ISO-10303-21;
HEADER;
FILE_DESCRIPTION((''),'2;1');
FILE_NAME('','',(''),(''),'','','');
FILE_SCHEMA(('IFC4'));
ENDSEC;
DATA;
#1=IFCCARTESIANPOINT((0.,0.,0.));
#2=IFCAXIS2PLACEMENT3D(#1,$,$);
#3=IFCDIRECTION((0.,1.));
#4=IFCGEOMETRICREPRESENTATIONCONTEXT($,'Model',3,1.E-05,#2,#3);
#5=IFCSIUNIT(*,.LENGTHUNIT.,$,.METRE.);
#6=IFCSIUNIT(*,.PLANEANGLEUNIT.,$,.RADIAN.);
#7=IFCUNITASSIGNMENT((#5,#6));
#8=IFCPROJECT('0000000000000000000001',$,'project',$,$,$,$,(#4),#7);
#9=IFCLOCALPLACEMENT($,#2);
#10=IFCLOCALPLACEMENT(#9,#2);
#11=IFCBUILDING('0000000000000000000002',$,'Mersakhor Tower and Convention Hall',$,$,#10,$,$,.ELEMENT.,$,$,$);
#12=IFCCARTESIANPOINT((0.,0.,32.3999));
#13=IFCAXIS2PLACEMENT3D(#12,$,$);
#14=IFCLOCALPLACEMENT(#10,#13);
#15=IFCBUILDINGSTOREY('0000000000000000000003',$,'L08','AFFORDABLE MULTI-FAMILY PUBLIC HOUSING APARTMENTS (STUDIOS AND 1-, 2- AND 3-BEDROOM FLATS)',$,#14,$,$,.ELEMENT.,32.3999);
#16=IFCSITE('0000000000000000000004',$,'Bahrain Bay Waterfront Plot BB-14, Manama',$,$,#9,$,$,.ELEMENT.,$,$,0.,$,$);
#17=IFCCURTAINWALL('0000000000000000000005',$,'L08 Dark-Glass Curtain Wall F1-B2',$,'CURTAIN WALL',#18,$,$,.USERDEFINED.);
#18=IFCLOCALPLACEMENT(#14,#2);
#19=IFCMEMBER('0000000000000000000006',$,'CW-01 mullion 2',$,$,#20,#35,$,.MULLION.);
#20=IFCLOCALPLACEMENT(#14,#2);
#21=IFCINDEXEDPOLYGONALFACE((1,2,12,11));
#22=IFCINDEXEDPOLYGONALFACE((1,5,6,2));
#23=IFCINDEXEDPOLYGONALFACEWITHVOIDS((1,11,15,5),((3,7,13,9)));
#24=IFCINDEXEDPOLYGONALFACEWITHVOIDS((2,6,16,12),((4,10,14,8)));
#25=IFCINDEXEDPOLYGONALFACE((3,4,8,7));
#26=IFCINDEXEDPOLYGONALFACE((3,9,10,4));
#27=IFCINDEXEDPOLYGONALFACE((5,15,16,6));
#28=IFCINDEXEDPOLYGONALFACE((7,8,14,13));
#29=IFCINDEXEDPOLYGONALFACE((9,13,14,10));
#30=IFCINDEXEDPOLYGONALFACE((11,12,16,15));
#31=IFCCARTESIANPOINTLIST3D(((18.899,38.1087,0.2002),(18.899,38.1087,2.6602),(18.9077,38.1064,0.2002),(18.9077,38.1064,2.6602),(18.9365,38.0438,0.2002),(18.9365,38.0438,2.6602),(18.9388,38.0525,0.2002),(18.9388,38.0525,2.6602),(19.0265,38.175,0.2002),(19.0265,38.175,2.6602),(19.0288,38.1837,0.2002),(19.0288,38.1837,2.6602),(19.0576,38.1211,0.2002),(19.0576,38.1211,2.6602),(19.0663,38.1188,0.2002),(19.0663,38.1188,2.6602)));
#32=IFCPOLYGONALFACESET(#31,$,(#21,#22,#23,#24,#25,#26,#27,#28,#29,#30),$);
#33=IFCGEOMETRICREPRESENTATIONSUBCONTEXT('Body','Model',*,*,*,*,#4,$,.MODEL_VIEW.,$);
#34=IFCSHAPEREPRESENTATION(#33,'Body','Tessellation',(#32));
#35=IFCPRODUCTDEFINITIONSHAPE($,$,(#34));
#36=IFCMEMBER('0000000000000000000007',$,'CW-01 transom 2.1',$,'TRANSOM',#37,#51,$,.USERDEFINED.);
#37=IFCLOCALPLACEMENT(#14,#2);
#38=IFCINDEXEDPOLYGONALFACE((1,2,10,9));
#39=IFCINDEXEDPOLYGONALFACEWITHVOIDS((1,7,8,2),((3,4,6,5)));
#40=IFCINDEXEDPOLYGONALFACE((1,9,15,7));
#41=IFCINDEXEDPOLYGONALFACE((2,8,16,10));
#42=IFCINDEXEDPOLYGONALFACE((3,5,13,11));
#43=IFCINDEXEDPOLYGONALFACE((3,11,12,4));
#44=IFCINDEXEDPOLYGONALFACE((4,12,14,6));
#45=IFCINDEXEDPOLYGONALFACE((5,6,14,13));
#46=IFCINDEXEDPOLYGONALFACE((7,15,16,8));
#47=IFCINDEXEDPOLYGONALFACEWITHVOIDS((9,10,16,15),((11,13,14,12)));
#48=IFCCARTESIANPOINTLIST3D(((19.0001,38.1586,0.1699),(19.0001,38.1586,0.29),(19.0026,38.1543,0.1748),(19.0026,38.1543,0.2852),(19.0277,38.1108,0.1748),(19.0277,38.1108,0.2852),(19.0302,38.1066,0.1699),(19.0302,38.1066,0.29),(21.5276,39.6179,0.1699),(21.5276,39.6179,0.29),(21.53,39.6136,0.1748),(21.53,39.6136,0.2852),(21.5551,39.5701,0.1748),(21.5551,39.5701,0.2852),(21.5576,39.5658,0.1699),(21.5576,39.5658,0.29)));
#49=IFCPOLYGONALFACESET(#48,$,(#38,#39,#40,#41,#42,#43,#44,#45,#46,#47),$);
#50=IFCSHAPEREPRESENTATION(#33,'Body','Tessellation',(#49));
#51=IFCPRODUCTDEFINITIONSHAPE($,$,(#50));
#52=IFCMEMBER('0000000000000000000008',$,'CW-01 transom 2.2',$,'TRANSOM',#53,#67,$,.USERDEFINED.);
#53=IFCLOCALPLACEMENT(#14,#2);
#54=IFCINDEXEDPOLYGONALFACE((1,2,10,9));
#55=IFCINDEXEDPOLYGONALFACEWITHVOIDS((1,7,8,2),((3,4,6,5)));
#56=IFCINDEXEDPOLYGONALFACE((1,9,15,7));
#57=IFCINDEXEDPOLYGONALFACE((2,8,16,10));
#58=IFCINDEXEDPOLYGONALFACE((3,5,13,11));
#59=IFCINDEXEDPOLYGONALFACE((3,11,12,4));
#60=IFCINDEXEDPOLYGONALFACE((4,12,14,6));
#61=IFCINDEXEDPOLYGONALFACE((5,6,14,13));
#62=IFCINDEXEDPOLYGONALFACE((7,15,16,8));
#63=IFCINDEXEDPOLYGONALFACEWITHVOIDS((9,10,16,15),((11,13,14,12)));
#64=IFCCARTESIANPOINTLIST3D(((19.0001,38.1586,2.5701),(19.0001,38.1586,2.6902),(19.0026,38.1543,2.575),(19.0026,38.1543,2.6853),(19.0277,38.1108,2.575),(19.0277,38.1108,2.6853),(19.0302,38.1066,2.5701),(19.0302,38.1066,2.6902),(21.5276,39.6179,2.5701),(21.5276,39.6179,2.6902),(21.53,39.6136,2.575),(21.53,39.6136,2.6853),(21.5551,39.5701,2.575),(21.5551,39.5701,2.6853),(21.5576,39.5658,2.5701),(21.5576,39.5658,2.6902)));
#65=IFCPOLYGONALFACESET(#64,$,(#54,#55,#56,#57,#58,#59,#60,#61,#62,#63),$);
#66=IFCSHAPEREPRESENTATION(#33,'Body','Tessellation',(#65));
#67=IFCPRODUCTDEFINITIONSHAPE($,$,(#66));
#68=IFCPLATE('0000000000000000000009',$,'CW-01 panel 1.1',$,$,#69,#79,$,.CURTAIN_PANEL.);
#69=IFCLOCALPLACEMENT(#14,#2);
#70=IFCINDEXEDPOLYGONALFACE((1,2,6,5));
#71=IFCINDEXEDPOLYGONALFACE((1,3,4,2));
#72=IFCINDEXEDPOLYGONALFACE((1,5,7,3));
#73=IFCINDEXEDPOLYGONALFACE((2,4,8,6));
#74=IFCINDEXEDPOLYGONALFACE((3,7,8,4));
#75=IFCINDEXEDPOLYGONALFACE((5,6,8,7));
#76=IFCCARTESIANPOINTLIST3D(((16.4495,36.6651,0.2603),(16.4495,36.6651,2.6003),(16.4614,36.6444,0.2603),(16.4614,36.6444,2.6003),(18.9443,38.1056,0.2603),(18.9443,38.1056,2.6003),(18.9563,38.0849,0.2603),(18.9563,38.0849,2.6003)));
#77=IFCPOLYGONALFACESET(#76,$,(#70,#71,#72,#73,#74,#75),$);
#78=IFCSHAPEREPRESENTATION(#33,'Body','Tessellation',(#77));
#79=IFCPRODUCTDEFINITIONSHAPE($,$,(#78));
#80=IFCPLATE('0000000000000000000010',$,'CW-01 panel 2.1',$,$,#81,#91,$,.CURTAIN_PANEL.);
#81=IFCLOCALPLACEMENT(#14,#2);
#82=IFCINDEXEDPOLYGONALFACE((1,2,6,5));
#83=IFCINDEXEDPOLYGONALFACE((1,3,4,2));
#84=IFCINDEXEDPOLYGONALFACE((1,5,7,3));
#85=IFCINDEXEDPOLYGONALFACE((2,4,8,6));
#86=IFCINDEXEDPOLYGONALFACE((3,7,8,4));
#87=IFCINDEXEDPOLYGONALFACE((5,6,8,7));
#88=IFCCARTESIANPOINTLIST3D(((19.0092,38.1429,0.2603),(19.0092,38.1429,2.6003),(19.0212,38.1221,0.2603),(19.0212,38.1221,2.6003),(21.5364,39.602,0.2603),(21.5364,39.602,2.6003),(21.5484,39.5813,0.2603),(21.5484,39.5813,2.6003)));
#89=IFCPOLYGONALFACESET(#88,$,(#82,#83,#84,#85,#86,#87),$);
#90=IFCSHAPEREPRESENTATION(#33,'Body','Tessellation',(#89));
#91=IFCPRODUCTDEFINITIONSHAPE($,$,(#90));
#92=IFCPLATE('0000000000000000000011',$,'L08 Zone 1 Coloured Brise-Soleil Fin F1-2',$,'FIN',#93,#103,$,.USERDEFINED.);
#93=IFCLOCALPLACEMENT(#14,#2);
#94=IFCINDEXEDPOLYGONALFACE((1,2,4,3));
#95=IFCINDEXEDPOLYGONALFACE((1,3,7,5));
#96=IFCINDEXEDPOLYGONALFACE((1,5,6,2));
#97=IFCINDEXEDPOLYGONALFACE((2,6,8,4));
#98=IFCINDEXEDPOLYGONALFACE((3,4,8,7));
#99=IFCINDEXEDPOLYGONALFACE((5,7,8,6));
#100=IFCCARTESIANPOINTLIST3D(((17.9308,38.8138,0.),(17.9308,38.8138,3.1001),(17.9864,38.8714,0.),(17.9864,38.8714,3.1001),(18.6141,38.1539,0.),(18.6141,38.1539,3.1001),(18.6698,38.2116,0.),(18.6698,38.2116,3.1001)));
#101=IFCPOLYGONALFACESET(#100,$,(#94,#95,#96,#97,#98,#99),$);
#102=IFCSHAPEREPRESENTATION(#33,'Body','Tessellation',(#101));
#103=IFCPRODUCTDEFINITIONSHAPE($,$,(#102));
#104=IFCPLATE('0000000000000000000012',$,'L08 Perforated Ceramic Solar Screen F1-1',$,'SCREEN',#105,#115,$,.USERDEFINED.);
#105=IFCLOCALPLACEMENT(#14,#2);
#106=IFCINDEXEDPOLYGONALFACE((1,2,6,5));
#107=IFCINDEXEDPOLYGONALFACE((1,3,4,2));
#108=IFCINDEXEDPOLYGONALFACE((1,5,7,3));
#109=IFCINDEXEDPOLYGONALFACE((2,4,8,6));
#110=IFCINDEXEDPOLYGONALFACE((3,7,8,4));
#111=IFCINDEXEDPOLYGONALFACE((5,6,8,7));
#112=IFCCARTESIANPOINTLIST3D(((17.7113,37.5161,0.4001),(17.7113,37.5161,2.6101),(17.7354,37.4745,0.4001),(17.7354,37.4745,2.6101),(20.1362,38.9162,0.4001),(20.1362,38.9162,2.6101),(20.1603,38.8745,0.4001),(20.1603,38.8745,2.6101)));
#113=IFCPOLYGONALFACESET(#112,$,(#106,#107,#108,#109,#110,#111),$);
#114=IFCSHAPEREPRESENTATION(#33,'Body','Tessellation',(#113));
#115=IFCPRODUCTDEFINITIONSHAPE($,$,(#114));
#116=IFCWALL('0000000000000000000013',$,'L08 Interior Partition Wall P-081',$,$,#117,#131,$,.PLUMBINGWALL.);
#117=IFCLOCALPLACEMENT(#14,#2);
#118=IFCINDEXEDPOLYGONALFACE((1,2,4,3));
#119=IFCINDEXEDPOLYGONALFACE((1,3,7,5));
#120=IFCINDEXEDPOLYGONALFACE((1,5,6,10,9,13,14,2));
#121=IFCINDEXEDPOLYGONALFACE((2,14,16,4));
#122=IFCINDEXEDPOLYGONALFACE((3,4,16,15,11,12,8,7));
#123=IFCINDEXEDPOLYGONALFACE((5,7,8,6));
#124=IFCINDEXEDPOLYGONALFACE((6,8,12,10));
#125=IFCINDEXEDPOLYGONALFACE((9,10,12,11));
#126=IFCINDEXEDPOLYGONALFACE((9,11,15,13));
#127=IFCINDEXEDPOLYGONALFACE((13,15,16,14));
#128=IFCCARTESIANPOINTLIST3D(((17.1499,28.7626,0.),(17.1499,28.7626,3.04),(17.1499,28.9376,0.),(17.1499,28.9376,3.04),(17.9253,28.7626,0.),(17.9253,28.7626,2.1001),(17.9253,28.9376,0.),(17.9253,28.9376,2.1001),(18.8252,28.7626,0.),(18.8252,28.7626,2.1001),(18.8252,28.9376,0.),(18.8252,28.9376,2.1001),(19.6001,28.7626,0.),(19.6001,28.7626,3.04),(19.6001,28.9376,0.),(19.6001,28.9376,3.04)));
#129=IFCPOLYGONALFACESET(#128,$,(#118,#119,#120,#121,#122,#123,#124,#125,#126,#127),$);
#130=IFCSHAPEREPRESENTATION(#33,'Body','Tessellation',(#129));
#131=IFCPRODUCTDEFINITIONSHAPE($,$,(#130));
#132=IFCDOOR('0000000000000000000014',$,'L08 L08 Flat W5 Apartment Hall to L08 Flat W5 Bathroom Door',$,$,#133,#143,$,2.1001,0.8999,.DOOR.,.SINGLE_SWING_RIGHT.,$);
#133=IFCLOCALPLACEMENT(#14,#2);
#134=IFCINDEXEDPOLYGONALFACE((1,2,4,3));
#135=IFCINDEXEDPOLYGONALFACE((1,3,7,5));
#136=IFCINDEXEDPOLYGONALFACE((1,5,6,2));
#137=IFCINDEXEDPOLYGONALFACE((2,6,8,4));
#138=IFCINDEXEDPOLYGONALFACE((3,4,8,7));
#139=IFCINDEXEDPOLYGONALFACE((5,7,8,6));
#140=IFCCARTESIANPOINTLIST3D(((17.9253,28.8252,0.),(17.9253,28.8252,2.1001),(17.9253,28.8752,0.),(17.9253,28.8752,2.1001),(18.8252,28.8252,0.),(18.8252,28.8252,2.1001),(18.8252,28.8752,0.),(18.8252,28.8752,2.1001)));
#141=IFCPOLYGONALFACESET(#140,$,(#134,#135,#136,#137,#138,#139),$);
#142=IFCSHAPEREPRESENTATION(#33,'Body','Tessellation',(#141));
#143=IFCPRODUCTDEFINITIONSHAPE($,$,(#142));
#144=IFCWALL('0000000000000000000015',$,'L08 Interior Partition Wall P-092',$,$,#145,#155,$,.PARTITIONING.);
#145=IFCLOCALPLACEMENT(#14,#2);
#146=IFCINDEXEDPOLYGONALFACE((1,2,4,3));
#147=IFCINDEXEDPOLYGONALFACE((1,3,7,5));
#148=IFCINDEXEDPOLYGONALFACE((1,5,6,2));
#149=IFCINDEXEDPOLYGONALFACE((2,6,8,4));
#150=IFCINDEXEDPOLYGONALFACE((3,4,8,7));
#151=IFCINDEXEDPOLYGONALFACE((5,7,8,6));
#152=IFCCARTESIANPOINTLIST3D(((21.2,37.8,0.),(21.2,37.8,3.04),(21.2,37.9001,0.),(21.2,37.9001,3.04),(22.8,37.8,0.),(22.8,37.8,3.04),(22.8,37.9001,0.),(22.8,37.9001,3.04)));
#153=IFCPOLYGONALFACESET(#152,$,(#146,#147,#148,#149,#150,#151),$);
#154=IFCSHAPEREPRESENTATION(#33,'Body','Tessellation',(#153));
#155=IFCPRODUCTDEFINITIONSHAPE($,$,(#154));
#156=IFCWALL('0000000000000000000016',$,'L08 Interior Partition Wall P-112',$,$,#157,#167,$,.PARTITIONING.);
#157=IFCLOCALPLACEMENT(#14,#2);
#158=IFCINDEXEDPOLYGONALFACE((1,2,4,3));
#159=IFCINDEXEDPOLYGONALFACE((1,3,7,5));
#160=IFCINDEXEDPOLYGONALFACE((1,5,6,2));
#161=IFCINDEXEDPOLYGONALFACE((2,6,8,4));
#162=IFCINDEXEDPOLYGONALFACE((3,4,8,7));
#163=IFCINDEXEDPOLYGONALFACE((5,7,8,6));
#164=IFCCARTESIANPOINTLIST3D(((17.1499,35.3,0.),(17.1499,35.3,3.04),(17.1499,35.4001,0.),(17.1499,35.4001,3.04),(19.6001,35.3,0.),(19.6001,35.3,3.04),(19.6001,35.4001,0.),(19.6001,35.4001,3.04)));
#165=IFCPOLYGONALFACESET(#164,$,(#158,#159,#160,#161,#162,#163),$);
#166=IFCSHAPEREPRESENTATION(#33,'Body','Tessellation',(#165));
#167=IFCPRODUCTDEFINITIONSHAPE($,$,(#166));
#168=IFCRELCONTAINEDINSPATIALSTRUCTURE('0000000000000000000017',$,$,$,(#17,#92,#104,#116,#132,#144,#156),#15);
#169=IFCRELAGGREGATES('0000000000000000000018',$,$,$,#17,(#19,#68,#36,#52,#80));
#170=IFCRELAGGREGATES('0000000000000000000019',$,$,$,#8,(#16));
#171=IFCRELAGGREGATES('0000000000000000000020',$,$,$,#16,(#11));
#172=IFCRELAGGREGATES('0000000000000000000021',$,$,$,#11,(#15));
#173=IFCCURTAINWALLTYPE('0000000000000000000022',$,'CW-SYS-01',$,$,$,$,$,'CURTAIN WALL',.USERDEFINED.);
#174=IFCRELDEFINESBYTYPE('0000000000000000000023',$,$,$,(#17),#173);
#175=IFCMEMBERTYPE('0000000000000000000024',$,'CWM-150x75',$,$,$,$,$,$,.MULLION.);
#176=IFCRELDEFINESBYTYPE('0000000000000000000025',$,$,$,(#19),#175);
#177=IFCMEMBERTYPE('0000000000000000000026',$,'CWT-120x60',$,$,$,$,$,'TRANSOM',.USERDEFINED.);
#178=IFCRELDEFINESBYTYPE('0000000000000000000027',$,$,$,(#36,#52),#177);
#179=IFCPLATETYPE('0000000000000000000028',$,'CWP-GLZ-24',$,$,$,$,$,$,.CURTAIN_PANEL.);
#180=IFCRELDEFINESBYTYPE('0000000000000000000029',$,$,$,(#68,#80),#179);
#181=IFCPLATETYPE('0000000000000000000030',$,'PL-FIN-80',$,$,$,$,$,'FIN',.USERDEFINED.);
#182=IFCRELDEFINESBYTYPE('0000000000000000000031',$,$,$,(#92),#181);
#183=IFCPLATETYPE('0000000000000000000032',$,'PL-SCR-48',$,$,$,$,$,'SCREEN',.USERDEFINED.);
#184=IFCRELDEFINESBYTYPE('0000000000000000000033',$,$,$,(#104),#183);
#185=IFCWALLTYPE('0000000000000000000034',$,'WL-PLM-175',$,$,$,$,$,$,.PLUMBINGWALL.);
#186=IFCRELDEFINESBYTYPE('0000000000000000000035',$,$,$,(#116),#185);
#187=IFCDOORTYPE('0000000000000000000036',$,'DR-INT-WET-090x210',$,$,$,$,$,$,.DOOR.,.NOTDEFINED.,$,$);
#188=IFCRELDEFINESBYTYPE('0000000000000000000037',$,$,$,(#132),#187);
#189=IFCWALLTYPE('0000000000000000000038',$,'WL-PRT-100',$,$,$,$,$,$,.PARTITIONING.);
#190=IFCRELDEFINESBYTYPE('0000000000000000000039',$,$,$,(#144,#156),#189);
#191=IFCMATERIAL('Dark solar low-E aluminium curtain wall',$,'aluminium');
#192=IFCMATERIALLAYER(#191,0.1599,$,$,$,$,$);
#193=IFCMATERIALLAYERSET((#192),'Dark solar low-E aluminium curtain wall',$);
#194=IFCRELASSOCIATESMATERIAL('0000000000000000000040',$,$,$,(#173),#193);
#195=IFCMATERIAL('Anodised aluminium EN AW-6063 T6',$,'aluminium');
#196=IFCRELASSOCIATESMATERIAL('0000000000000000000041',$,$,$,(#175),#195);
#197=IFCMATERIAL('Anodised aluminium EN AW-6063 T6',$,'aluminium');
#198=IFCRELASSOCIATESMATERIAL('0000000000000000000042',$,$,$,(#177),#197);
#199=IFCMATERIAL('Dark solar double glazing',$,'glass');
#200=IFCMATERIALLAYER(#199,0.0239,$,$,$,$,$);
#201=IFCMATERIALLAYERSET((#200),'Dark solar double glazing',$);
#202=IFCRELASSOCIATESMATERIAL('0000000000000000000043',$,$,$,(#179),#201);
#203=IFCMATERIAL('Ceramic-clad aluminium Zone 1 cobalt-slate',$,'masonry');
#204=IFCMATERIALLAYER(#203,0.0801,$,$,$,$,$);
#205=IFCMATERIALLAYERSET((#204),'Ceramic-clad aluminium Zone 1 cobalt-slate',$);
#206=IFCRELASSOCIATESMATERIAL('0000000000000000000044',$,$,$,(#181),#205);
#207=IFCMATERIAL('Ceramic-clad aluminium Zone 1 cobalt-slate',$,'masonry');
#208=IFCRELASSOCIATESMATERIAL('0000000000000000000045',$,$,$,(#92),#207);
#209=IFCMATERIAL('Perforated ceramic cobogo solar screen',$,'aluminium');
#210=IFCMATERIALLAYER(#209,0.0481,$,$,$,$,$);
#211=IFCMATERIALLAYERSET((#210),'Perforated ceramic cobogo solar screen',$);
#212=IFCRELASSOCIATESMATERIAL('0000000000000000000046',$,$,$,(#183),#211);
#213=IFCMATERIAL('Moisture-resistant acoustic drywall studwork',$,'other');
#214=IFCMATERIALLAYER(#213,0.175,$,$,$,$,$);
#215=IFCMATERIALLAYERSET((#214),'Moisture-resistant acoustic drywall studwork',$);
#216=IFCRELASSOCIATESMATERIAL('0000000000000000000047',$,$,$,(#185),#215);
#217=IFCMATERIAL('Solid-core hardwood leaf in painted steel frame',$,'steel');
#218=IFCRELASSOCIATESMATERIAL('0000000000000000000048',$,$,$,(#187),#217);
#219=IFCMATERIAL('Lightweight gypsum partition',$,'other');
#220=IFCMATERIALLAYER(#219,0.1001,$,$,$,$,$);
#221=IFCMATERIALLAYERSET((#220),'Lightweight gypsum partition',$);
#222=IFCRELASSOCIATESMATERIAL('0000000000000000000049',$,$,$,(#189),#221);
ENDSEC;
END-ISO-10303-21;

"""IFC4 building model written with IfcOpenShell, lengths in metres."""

from ifc_helpers import new_model, si_unit, direction, frame, frame_2d, origin, origin_2d, place, context, subcontext, project, spatial, rectangle, hollow_rectangle, extrude, material, layer, layer_set, material_profile, profile_set, type_object, element, fill, aggregate, save


model = new_model("IFC4")

# Units and contexts
model_context = context("Model", 3, precision=1e-05, world=origin(), true_north=direction((0.0, 1.0)))
body_context = subcontext(model_context, "Body", "Model", "MODEL_VIEW")
ifc_project = project(units=[si_unit("LENGTHUNIT", "METRE"), si_unit("PLANEANGLEUNIT", "RADIAN")], contexts=[model_context])

# Site, building, storey
site_placement = place(None, origin())
site = spatial("IfcSite", under=ifc_project, at=site_placement, Name="Bahrain Bay Waterfront Plot BB-14, Manama", CompositionType="ELEMENT", RefElevation=0.0)
building_placement = place(site_placement, origin())
building = spatial("IfcBuilding", under=site, at=building_placement, Name="Mersakhor Tower and Convention Hall", CompositionType="ELEMENT")
storey_placement = place(building_placement, frame((0.0, 0.0, 32.3999)))
storey = spatial("IfcBuildingStorey", under=building, at=storey_placement, Name="L08", Description="AFFORDABLE MULTI-FAMILY PUBLIC HOUSING APARTMENTS (STUDIOS AND 1-, 2- AND 3-BEDROOM FLATS)", CompositionType="ELEMENT", Elevation=32.3999)

# Curtain wall, members, plates
ifc_material_1 = material(Name="Dark solar low-E aluminium curtain wall", Category="aluminium")
ifc_layer_1 = layer(ifc_material_1, 0.1599)
ifc_layer_set_1 = layer_set([ifc_layer_1], Name="Dark solar low-E aluminium curtain wall")
curtain_wall_type = type_object("IfcCurtainWallType", Name="CW-SYS-01", ElementType="CURTAIN WALL", PredefinedType="USERDEFINED", material=ifc_layer_set_1)
curtain_wall_placement = place(storey_placement, origin())
curtain_wall = element("IfcCurtainWall", 1, at=curtain_wall_placement, inside=storey, type_object=curtain_wall_type, Name="L08 Dark-Glass Curtain Wall F1-B2", ObjectType="CURTAIN WALL", PredefinedType="USERDEFINED")
ifc_material_2 = material(Name="Anodised aluminium EN AW-6063 T6", Category="aluminium")
ifc_material_profile_1 = material_profile(ifc_material_2, hollow_rectangle(XDim=0.075, YDim=0.1499, WallThickness=0.0063, at=origin_2d()), Name="RHS 150x75x6.3")
ifc_profile_set_1 = profile_set([ifc_material_profile_1], Name="Anodised aluminium EN AW-6063 T6")
member_type_1 = type_object("IfcMemberType", Name="CWM-150x75", PredefinedType="MULLION", material=ifc_profile_set_1)
member_1_placement = place(storey_placement, frame((18.9827, 38.1138, 0.2002), z_axis=(0.0, 0.0, 1.0), x_axis=(-0.500003, 0.866023, 0.0)))
member_1 = element("IfcMember", 2, at=member_1_placement, type_object=member_type_1, Name="CW-01 mullion 2", PredefinedType="MULLION", context=body_context, shape_type="SweptSolid", body=[
    extrude(hollow_rectangle(XDim=0.075, YDim=0.1499, WallThickness=0.0063, at=origin_2d()), origin(), (0.0, 0.0, 1.0), 2.46),
])
ifc_material_3 = material(Name="Anodised aluminium EN AW-6063 T6", Category="aluminium")
ifc_material_profile_2 = material_profile(ifc_material_3, hollow_rectangle(XDim=0.0601, YDim=0.1201, WallThickness=0.0049, at=origin_2d()), Name="RHS 120x60x5")
ifc_profile_set_2 = profile_set([ifc_material_profile_2], Name="Anodised aluminium EN AW-6063 T6")
member_type_2 = type_object("IfcMemberType", Name="CWT-120x60", ElementType="TRANSOM", PredefinedType="USERDEFINED", material=ifc_profile_set_2)
member_2_placement = place(storey_placement, frame((19.0151, 38.1326, 0.23), z_axis=(0.866016, 0.500017, 0.0), x_axis=(-0.500017, 0.866016, 0.0)))
member_2 = element("IfcMember", 3, at=member_2_placement, type_object=member_type_2, Name="CW-01 transom 2.1", ObjectType="TRANSOM", PredefinedType="USERDEFINED", context=body_context, shape_type="SweptSolid", body=[
    extrude(hollow_rectangle(XDim=0.0601, YDim=0.1201, WallThickness=0.0049, at=origin_2d()), origin(), (0.0, 0.0, 1.0), 2.9185),
])
member_3_placement = place(storey_placement, frame((19.0151, 38.1326, 2.6301), z_axis=(0.866016, 0.500017, 0.0), x_axis=(-0.500017, 0.866016, 0.0)))
member_3 = element("IfcMember", 4, at=member_3_placement, type_object=member_type_2, Name="CW-01 transom 2.2", ObjectType="TRANSOM", PredefinedType="USERDEFINED", context=body_context, shape_type="SweptSolid", body=[
    extrude(hollow_rectangle(XDim=0.0601, YDim=0.1201, WallThickness=0.0049, at=origin_2d()), origin(), (0.0, 0.0, 1.0), 2.9185),
])
ifc_material_4 = material(Name="Dark solar double glazing", Category="glass")
ifc_layer_2 = layer(ifc_material_4, 0.0239)
ifc_layer_set_2 = layer_set([ifc_layer_2], Name="Dark solar double glazing")
plate_type_1 = type_object("IfcPlateType", Name="CWP-GLZ-24", PredefinedType="CURTAIN_PANEL", material=ifc_layer_set_2)
plate_1_placement = place(storey_placement, frame((17.7029, 37.375, 0.2603), z_axis=(0.0, 0.0, 1.0), x_axis=(0.866023, 0.500003, 0.0)))
plate_1 = element("IfcPlate", 5, at=plate_1_placement, type_object=plate_type_1, Name="CW-01 panel 1.1", PredefinedType="CURTAIN_PANEL", context=body_context, shape_type="SweptSolid", body=[
    extrude(rectangle(XDim=2.8809, YDim=0.0239, at=origin_2d()), origin(), (0.0, 0.0, 1.0), 2.3401),
])
plate_2_placement = place(storey_placement, frame((20.2788, 38.8621, 0.2603), z_axis=(0.0, 0.0, 1.0), x_axis=(0.866023, 0.500003, 0.0)))
plate_2 = element("IfcPlate", 6, at=plate_2_placement, type_object=plate_type_1, Name="CW-01 panel 2.1", PredefinedType="CURTAIN_PANEL", context=body_context, shape_type="SweptSolid", body=[
    extrude(rectangle(XDim=2.9182, YDim=0.0239, at=origin_2d()), origin(), (0.0, 0.0, 1.0), 2.3401),
])
aggregate(curtain_wall, [member_1, plate_1, member_2, member_3, plate_2])

# Plates
ifc_material_5 = material(Name="Ceramic-clad aluminium Zone 1 cobalt-slate", Category="masonry")
ifc_material_6 = material(Name="Ceramic-clad aluminium Zone 1 cobalt-slate", Category="masonry")
ifc_layer_3 = layer(ifc_material_6, 0.0801)
ifc_layer_set_3 = layer_set([ifc_layer_3], Name="Ceramic-clad aluminium Zone 1 cobalt-slate")
plate_type_2 = type_object("IfcPlateType", Name="PL-FIN-80", ElementType="FIN", PredefinedType="USERDEFINED", material=ifc_layer_set_3)
plate_3_placement = place(storey_placement, frame((18.3003, 38.5127, 0.0), z_axis=(0.0, 0.0, 1.0), x_axis=(-0.71934, 0.694658, 0.0)))
element("IfcPlate", 7, at=plate_3_placement, inside=storey, type_object=plate_type_2, material=ifc_material_5, Name="L08 Zone 1 Coloured Brise-Soleil Fin F1-2", ObjectType="FIN", PredefinedType="USERDEFINED", context=body_context, shape_type="SweptSolid", body=[
    extrude(rectangle(XDim=0.95, YDim=0.0801, at=origin_2d()), origin(), (0.0, 0.0, 1.0), 3.1001),
])
ifc_material_7 = material(Name="Perforated ceramic cobogo solar screen", Category="aluminium")
ifc_layer_4 = layer(ifc_material_7, 0.0481)
ifc_layer_set_4 = layer_set([ifc_layer_4], Name="Perforated ceramic cobogo solar screen")
plate_type_3 = type_object("IfcPlateType", Name="PL-SCR-48", ElementType="SCREEN", PredefinedType="USERDEFINED", material=ifc_layer_set_4)
plate_4_placement = place(storey_placement, frame((18.9358, 38.1953, 0.4001), z_axis=(0.0, 0.0, 1.0), x_axis=(0.866025, 0.5, 0.0)))
element("IfcPlate", 8, at=plate_4_placement, inside=storey, type_object=plate_type_3, Name="L08 Perforated Ceramic Solar Screen F1-1", ObjectType="SCREEN", PredefinedType="USERDEFINED", context=body_context, shape_type="SweptSolid", body=[
    extrude(rectangle(XDim=2.8, YDim=0.0481, at=origin_2d()), origin(), (0.0, 0.0, 1.0), 2.21),
])

# Wall, opening, door
ifc_material_8 = material(Name="Moisture-resistant acoustic drywall studwork", Category="other")
ifc_layer_5 = layer(ifc_material_8, 0.175)
ifc_layer_set_5 = layer_set([ifc_layer_5], Name="Moisture-resistant acoustic drywall studwork")
wall_type_1 = type_object("IfcWallType", Name="WL-PLM-175", PredefinedType="PLUMBINGWALL", material=ifc_layer_set_5)
wall_1_placement = place(storey_placement, frame((19.6001, 28.8501, 0.0), z_axis=(0.0, 0.0, 1.0), x_axis=(-1.0, 0.0, 0.0)))
wall_1 = element("IfcWall", 9, at=wall_1_placement, inside=storey, type_object=wall_type_1, Name="L08 Interior Partition Wall P-081", PredefinedType="PLUMBINGWALL", context=body_context, shape_type="SweptSolid", body=[
    extrude(rectangle(XDim=2.4502, YDim=0.175, at=frame_2d((1.2251, 0.0))), origin(), (0.0, 0.0, 1.0), 3.04),
])
opening_1_placement = place(wall_1_placement, frame((0.7749, 0.0, 0.0)))
opening_1 = element("IfcOpeningElement", 10, at=opening_1_placement, cuts=wall_1, PredefinedType="OPENING", context=body_context, shape_type="SweptSolid", body=[
    extrude(rectangle(XDim=0.8999, YDim=2.1001, at=frame_2d((0.45, 1.05))), frame((0.0, 0.0974, 0.0), z_axis=(0.0, -1.0, 0.0), x_axis=(1.0, 0.0, 0.0)), (0.0, 0.0, 1.0), 0.1951),
])
ifc_material_9 = material(Name="Solid-core hardwood leaf in painted steel frame", Category="steel")
door_type_1 = type_object("IfcDoorType", Name="DR-INT-WET-090x210", OperationType="NOTDEFINED", PredefinedType="DOOR", material=ifc_material_9)
door_1_placement = place(opening_1_placement, origin())
door_1 = element("IfcDoor", 11, at=door_1_placement, inside=storey, type_object=door_type_1, Name="L08 L08 Flat W5 Apartment Hall to L08 Flat W5 Bathroom Door", OperationType="SINGLE_SWING_RIGHT", OverallHeight=2.1001, OverallWidth=0.8999, PredefinedType="DOOR", context=body_context, shape_type="SweptSolid", body=[
    extrude(rectangle(XDim=0.8999, YDim=2.1001, at=frame_2d((0.45, 1.05))), frame((0.0, 0.0249, 0.0), z_axis=(0.0, -1.0, 0.0), x_axis=(1.0, 0.0, 0.0)), (0.0, 0.0, 1.0), 0.05),
])
fill(opening_1, door_1)

# Walls
ifc_material_10 = material(Name="Lightweight gypsum partition", Category="other")
ifc_layer_6 = layer(ifc_material_10, 0.1001)
ifc_layer_set_6 = layer_set([ifc_layer_6], Name="Lightweight gypsum partition")
wall_type_2 = type_object("IfcWallType", Name="WL-PRT-100", PredefinedType="PARTITIONING", material=ifc_layer_set_6)
wall_2_placement = place(storey_placement, frame((21.2, 37.8501, 0.0), z_axis=(0.0, 0.0, 1.0), x_axis=(1.0, 0.0, 0.0)))
element("IfcWall", 12, at=wall_2_placement, inside=storey, type_object=wall_type_2, Name="L08 Interior Partition Wall P-092", PredefinedType="PARTITIONING", context=body_context, shape_type="SweptSolid", body=[
    extrude(rectangle(XDim=1.6001, YDim=0.1001, at=frame_2d((0.8, 0.0))), origin(), (0.0, 0.0, 1.0), 3.04),
])
wall_3_placement = place(storey_placement, frame((17.1499, 35.3501, 0.0), z_axis=(0.0, 0.0, 1.0), x_axis=(1.0, 0.0, 0.0)))
element("IfcWall", 13, at=wall_3_placement, inside=storey, type_object=wall_type_2, Name="L08 Interior Partition Wall P-112", PredefinedType="PARTITIONING", context=body_context, shape_type="SweptSolid", body=[
    extrude(rectangle(XDim=2.4502, YDim=0.1001, at=frame_2d((1.2251, 0.0))), origin(), (0.0, 0.0, 1.0), 3.04),
])

save(model, "model.ifc")
